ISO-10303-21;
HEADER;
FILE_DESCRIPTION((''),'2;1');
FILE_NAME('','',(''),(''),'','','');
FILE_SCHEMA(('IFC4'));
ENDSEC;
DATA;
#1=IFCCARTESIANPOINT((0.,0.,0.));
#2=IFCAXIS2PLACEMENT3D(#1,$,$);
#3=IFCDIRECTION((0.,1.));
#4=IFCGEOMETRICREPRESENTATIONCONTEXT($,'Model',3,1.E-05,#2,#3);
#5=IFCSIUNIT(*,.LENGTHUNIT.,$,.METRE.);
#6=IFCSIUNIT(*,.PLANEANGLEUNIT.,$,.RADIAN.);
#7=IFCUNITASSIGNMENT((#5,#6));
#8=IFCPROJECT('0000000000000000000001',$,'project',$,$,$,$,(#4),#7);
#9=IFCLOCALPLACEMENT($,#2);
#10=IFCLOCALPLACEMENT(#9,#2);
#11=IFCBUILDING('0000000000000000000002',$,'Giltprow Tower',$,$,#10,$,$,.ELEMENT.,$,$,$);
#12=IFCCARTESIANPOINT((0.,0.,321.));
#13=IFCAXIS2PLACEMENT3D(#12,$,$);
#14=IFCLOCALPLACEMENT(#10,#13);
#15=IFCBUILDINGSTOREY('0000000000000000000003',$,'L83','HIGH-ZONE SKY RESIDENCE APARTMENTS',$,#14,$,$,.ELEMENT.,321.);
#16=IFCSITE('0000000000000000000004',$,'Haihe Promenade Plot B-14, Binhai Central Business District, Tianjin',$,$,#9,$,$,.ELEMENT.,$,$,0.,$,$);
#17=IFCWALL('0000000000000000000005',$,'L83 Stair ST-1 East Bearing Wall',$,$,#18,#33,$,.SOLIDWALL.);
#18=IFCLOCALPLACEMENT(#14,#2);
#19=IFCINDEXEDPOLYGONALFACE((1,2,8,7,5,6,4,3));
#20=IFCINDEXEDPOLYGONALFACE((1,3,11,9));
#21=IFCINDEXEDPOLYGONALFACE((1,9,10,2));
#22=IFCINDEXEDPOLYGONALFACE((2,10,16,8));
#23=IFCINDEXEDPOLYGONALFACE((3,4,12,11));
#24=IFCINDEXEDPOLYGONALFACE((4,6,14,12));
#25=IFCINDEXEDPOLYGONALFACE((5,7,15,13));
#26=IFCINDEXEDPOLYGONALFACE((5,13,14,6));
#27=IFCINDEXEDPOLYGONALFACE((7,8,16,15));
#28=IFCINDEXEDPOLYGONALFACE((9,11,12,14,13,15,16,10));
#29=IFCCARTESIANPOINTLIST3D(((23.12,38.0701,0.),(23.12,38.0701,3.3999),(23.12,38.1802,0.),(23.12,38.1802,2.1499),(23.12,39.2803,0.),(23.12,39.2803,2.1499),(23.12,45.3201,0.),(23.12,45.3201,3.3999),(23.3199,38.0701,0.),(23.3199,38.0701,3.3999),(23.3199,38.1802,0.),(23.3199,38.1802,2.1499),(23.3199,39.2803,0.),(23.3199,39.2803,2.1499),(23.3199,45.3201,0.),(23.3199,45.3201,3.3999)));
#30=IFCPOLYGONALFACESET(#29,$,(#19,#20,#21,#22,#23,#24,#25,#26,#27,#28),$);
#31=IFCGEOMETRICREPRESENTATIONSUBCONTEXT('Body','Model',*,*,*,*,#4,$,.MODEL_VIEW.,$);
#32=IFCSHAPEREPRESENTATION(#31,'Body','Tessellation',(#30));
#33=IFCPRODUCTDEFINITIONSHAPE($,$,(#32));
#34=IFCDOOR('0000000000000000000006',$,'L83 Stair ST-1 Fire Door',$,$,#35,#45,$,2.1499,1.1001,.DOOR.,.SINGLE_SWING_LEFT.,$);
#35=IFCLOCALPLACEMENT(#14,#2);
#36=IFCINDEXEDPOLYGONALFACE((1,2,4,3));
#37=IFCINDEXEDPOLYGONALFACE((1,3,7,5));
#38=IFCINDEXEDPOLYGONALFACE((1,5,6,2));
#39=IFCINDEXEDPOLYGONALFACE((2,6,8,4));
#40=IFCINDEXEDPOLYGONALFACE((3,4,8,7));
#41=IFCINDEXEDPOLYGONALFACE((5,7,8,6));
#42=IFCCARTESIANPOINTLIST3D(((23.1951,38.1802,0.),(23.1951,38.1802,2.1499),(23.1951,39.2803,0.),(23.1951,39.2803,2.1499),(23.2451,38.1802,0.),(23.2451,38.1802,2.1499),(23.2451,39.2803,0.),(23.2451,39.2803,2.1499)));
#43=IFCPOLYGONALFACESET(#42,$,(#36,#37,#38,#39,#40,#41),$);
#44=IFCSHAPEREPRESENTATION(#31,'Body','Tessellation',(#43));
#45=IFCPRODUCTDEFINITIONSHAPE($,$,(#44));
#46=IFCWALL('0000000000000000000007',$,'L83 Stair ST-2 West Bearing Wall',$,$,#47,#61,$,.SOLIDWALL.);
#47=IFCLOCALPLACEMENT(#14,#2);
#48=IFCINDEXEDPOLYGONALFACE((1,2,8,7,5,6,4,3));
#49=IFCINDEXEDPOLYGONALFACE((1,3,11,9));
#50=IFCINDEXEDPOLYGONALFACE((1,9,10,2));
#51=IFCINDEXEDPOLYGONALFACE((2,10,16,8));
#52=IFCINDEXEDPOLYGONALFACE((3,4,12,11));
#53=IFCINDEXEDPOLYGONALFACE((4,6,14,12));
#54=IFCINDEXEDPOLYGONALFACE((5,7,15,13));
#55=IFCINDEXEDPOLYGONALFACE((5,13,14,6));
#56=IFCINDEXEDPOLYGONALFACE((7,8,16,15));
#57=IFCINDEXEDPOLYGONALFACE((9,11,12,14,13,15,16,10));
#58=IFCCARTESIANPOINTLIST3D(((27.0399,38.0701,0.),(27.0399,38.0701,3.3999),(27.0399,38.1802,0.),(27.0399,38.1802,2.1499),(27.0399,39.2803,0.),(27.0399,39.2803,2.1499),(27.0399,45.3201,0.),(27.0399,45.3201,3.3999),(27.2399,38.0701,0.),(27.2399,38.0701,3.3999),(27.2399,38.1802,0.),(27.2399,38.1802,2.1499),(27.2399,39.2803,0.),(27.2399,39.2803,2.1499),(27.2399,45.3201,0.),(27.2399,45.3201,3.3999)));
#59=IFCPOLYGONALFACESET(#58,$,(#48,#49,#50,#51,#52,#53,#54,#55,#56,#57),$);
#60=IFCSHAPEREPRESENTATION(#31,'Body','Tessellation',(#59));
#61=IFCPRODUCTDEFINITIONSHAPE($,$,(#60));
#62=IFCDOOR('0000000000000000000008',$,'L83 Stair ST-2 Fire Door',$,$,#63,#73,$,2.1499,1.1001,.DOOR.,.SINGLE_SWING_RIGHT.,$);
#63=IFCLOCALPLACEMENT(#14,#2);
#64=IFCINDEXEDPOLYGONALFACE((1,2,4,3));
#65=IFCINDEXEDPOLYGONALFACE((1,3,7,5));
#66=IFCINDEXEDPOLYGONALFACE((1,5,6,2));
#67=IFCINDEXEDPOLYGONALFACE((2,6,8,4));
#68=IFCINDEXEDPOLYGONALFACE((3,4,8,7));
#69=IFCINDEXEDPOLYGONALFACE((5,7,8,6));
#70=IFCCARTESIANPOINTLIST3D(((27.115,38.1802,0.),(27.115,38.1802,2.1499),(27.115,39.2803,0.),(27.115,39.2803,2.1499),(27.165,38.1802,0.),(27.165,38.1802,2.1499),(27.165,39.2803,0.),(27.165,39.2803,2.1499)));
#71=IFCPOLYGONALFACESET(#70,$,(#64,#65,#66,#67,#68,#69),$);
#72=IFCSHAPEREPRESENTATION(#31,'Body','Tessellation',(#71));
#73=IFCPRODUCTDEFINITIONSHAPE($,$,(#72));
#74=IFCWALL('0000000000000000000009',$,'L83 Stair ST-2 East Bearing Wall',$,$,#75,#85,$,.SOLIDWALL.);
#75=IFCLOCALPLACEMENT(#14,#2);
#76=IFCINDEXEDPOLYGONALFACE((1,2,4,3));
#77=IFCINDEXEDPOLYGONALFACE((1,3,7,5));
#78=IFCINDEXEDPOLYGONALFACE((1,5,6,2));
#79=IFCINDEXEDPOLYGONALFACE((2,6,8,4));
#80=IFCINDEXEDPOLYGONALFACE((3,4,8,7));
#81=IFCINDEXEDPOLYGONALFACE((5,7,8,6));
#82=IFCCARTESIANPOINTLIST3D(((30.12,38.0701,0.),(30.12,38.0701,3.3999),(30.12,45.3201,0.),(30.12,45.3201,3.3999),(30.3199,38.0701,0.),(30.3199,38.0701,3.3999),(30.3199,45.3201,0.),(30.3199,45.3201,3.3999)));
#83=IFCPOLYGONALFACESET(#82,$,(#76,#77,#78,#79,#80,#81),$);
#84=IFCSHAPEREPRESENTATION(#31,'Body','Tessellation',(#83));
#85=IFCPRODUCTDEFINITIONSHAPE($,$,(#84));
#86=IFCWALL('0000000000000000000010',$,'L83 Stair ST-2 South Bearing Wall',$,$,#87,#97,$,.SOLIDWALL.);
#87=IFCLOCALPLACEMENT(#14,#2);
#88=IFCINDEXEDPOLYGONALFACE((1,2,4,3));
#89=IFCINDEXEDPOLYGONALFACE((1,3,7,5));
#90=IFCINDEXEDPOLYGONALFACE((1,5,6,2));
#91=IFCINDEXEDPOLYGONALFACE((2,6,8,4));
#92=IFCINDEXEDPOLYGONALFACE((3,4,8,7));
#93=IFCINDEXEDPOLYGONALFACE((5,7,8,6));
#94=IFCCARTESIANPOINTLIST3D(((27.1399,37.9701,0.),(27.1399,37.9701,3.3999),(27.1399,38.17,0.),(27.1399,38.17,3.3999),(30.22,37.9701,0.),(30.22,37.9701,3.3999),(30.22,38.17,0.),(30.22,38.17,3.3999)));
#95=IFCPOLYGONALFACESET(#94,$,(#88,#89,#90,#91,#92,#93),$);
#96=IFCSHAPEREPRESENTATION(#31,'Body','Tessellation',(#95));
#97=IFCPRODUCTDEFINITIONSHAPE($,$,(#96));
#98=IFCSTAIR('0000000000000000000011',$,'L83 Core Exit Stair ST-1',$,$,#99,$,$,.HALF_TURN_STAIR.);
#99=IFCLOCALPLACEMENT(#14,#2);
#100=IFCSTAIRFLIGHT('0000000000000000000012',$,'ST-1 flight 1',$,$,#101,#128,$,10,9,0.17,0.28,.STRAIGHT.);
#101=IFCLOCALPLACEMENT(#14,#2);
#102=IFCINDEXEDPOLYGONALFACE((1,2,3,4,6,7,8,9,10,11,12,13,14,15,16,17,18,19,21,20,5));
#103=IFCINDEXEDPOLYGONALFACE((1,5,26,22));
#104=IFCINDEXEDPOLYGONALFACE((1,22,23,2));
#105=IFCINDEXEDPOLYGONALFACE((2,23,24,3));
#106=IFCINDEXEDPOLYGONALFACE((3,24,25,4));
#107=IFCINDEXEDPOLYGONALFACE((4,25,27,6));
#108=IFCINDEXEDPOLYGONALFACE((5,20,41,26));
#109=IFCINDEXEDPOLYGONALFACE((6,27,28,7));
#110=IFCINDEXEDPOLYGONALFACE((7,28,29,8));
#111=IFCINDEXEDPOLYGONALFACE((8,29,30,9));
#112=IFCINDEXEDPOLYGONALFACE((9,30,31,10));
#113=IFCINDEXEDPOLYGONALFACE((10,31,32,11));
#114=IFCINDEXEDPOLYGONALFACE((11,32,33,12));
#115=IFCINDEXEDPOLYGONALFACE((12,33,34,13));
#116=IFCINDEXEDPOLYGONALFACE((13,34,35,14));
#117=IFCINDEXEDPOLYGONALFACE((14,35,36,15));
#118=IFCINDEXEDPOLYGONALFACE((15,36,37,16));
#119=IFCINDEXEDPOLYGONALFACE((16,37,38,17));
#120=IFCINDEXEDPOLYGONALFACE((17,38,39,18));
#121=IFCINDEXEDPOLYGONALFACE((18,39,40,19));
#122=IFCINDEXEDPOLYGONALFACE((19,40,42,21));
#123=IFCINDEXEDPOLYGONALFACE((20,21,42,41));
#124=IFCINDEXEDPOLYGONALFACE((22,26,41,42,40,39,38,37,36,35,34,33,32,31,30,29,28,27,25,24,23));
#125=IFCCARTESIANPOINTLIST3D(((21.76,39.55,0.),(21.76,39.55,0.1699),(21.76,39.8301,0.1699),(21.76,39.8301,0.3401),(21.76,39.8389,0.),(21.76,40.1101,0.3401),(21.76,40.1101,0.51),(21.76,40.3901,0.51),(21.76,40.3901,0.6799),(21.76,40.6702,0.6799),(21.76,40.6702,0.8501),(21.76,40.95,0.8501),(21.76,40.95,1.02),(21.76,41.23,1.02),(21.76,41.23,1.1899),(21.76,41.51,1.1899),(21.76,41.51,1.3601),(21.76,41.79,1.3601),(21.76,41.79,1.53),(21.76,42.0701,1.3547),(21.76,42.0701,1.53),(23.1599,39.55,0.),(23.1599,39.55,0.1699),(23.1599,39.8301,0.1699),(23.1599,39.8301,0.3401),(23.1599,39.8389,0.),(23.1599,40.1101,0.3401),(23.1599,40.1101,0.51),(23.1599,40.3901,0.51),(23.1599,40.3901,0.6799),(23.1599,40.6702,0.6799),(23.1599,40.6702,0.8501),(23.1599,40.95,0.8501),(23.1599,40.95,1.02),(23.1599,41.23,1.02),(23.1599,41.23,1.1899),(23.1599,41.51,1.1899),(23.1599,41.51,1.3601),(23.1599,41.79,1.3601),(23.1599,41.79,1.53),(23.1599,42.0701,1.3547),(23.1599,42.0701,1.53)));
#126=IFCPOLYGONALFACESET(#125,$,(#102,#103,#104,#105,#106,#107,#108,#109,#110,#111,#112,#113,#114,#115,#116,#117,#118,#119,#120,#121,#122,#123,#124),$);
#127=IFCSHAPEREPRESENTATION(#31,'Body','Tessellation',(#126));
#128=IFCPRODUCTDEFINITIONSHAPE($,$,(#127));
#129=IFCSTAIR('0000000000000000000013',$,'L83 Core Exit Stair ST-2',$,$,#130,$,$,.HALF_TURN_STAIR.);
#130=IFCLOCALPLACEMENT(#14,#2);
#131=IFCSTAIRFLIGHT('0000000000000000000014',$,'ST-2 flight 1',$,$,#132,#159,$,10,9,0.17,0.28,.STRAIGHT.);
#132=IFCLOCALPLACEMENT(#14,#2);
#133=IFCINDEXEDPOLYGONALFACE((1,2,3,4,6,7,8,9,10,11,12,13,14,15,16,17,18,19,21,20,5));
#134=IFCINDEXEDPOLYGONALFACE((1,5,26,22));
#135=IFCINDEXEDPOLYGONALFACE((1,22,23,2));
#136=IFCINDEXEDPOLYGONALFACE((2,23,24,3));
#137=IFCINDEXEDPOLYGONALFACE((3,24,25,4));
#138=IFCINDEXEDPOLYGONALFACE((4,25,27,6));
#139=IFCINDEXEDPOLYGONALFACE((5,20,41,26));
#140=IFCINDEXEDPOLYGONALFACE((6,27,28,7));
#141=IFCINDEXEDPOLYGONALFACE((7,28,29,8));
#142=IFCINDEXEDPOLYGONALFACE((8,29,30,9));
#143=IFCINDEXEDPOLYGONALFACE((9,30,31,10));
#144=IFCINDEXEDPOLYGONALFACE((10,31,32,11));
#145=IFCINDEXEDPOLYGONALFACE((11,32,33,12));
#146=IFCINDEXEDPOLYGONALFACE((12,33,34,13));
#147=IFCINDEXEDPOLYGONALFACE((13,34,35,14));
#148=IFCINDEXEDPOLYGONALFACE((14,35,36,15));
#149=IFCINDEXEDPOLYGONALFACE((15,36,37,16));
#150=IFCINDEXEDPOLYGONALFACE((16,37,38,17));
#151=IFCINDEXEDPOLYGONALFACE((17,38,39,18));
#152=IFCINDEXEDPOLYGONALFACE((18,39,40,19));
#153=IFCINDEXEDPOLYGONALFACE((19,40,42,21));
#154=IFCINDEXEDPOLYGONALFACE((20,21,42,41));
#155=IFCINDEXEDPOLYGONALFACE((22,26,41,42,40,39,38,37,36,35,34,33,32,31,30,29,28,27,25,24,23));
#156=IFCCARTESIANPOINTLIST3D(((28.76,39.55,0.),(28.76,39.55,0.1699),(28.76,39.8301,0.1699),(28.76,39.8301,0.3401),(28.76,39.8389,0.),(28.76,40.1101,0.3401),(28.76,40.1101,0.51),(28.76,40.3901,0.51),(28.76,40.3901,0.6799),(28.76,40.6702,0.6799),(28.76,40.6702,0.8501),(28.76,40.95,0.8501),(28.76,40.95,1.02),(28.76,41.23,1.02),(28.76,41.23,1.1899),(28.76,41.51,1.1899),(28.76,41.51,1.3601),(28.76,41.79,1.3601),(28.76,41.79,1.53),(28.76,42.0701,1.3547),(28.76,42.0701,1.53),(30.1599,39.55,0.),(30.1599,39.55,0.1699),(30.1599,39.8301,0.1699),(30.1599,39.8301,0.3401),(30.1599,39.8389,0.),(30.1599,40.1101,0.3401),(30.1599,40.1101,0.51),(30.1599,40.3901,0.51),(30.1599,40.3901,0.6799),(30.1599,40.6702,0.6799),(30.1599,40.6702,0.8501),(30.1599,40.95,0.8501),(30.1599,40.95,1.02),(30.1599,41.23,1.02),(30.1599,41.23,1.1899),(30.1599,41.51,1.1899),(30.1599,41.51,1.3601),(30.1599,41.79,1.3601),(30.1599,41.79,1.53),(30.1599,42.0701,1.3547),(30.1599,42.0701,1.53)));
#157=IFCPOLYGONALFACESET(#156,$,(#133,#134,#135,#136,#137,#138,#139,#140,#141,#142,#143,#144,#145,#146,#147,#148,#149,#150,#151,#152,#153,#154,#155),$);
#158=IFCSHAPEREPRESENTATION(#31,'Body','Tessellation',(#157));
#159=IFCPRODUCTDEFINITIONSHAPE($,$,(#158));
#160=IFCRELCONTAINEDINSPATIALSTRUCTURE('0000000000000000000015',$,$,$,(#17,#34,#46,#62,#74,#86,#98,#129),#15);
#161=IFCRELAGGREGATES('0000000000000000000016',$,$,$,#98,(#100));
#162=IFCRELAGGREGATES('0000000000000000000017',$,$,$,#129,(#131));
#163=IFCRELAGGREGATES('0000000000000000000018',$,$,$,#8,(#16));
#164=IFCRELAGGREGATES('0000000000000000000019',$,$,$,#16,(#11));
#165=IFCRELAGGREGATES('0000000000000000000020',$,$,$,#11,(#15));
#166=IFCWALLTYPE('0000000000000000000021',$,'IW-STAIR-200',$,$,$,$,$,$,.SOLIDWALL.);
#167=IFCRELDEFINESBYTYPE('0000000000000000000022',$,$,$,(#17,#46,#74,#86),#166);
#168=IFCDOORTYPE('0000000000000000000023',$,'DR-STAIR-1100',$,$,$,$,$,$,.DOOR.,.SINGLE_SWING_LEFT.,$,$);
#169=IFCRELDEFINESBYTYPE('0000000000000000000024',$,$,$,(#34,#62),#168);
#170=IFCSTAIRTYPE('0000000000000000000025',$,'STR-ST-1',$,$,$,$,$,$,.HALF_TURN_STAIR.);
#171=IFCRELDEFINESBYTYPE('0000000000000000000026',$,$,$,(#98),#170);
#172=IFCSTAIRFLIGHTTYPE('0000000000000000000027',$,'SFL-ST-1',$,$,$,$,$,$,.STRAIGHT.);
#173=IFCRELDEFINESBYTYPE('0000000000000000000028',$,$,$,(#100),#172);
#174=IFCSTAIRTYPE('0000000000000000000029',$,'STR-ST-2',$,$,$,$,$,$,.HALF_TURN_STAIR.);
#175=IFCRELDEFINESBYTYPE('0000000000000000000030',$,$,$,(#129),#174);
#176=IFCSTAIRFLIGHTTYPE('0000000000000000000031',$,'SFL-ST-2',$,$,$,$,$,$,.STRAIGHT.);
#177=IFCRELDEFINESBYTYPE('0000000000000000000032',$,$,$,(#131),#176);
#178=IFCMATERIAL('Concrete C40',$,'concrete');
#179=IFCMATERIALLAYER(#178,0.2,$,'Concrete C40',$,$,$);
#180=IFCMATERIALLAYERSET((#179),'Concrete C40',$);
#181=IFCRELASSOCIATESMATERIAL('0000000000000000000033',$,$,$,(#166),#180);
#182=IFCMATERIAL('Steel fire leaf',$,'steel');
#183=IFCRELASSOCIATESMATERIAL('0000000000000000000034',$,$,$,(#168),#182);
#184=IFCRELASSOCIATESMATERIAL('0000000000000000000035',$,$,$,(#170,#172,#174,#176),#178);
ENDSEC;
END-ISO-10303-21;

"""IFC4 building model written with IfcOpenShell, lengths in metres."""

from ifc_helpers import new_model, si_unit, direction, frame, frame_2d, origin, place, context, subcontext, project, spatial, polyline, rectangle, outline, extrude, source, transform, mapped, material, layer, layer_set, type_object, element, fill, aggregate, save


model = new_model("IFC4")

# Units and contexts
model_context = context("Model", 3, precision=1e-05, world=origin(), true_north=direction((0.0, 1.0)))
body_context = subcontext(model_context, "Body", "Model", "MODEL_VIEW")
ifc_project = project(units=[si_unit("LENGTHUNIT", "METRE"), si_unit("PLANEANGLEUNIT", "RADIAN")], contexts=[model_context])

# Site, building, storey
site_placement = place(None, origin())
site = spatial("IfcSite", under=ifc_project, at=site_placement, Name="Haihe Promenade Plot B-14, Binhai Central Business District, Tianjin", CompositionType="ELEMENT", RefElevation=0.0)
building_placement = place(site_placement, origin())
building = spatial("IfcBuilding", under=site, at=building_placement, Name="Giltprow Tower", CompositionType="ELEMENT")
storey_placement = place(building_placement, frame((0.0, 0.0, 321.0)))
storey = spatial("IfcBuildingStorey", under=building, at=storey_placement, Name="L83", Description="HIGH-ZONE SKY RESIDENCE APARTMENTS", CompositionType="ELEMENT", Elevation=321.0)

# Walls, openings, doors
ifc_material_1 = material(Name="Concrete C40", Category="concrete")
ifc_layer_1 = layer(ifc_material_1, 0.2, Name="Concrete C40")
ifc_layer_set_1 = layer_set([ifc_layer_1], Name="Concrete C40")
wall_type_1 = type_object("IfcWallType", Name="IW-STAIR-200", PredefinedType="SOLIDWALL", material=ifc_layer_set_1)
wall_1_placement = place(storey_placement, frame((23.22, 38.0701, 0.0), z_axis=(0.0, 0.0, 1.0), x_axis=(0.0, 1.0, 0.0)))
wall_1 = element("IfcWall", 1, at=wall_1_placement, inside=storey, type_object=wall_type_1, Name="L83 Stair ST-1 East Bearing Wall", PredefinedType="SOLIDWALL", context=body_context, shape_type="SweptSolid", body=[
    extrude(rectangle(XDim=7.25, YDim=0.2, at=frame_2d((3.625, 0.0))), origin(), (0.0, 0.0, 1.0), 3.3999),
])
opening_1_placement = place(wall_1_placement, frame((0.1101, 0.0, 0.0)))
opening_1 = element("IfcOpeningElement", 2, at=opening_1_placement, cuts=wall_1, PredefinedType="OPENING", context=body_context, shape_type="SweptSolid", body=[
    extrude(rectangle(XDim=1.1001, YDim=2.1499, at=frame_2d((0.55, 1.075))), frame((0.0, 0.1099, 0.0), z_axis=(0.0, -1.0, 0.0), x_axis=(1.0, 0.0, 0.0)), (0.0, 0.0, 1.0), 0.22),
])
ifc_material_2 = material(Name="Steel fire leaf", Category="steel")
door_type_1 = type_object("IfcDoorType", Name="DR-STAIR-1100", OperationType="SINGLE_SWING_LEFT", PredefinedType="DOOR", material=ifc_material_2)
shared_shape_1 = source(origin(), body_context, "Body", "SweptSolid", [
    extrude(rectangle(XDim=1.1001, YDim=2.1499, at=frame_2d((0.55, 1.075))), frame((0.0, 0.0249, 0.0), z_axis=(0.0, -1.0, 0.0), x_axis=(1.0, 0.0, 0.0)), (0.0, 0.0, 1.0), 0.05),
])
door_1_placement = place(opening_1_placement, origin())
door_1 = element("IfcDoor", 3, at=door_1_placement, inside=storey, type_object=door_type_1, Name="L83 Stair ST-1 Fire Door", OperationType="SINGLE_SWING_LEFT", OverallHeight=2.1499, OverallWidth=1.1001, PredefinedType="DOOR", context=body_context, shape_type="MappedRepresentation", body=[
    mapped(shared_shape_1, transform((0.0, 0.0, 0.0), x_axis=(1.0, 0.0, 0.0), y_axis=(0.0, 1.0, 0.0), z_axis=(0.0, 0.0, 1.0), scale=1.0)),
])
fill(opening_1, door_1)
wall_2_placement = place(storey_placement, frame((27.1399, 38.0701, 0.0), z_axis=(0.0, 0.0, 1.0), x_axis=(0.0, 1.0, 0.0)))
wall_2 = element("IfcWall", 4, at=wall_2_placement, inside=storey, type_object=wall_type_1, Name="L83 Stair ST-2 West Bearing Wall", PredefinedType="SOLIDWALL", context=body_context, shape_type="SweptSolid", body=[
    extrude(rectangle(XDim=7.25, YDim=0.2, at=frame_2d((3.625, 0.0))), origin(), (0.0, 0.0, 1.0), 3.3999),
])
opening_2_placement = place(wall_2_placement, frame((0.1101, 0.0, 0.0)))
opening_2 = element("IfcOpeningElement", 5, at=opening_2_placement, cuts=wall_2, PredefinedType="OPENING", context=body_context, shape_type="SweptSolid", body=[
    extrude(rectangle(XDim=1.1001, YDim=2.1499, at=frame_2d((0.55, 1.075))), frame((0.0, 0.1099, 0.0), z_axis=(0.0, -1.0, 0.0), x_axis=(1.0, 0.0, 0.0)), (0.0, 0.0, 1.0), 0.22),
])
door_2_placement = place(opening_2_placement, origin())
door_2 = element("IfcDoor", 6, at=door_2_placement, inside=storey, type_object=door_type_1, Name="L83 Stair ST-2 Fire Door", OperationType="SINGLE_SWING_RIGHT", OverallHeight=2.1499, OverallWidth=1.1001, PredefinedType="DOOR", context=body_context, shape_type="MappedRepresentation", body=[
    mapped(shared_shape_1, transform((0.0, 0.0, 0.0), x_axis=(1.0, 0.0, 0.0), y_axis=(0.0, 1.0, 0.0), z_axis=(0.0, 0.0, 1.0), scale=1.0)),
])
fill(opening_2, door_2)

# Walls
wall_3_placement = place(storey_placement, frame((30.22, 38.0701, 0.0), z_axis=(0.0, 0.0, 1.0), x_axis=(0.0, 1.0, 0.0)))
element("IfcWall", 7, at=wall_3_placement, inside=storey, type_object=wall_type_1, Name="L83 Stair ST-2 East Bearing Wall", PredefinedType="SOLIDWALL", context=body_context, shape_type="SweptSolid", body=[
    extrude(rectangle(XDim=7.25, YDim=0.2, at=frame_2d((3.625, 0.0))), origin(), (0.0, 0.0, 1.0), 3.3999),
])
wall_4_placement = place(storey_placement, frame((27.1399, 38.0701, 0.0), z_axis=(0.0, 0.0, 1.0), x_axis=(1.0, 0.0, 0.0)))
element("IfcWall", 8, at=wall_4_placement, inside=storey, type_object=wall_type_1, Name="L83 Stair ST-2 South Bearing Wall", PredefinedType="SOLIDWALL", context=body_context, shape_type="SweptSolid", body=[
    extrude(rectangle(XDim=3.0801, YDim=0.2, at=frame_2d((1.54, 0.0))), origin(), (0.0, 0.0, 1.0), 3.3999),
])

# Stairs, stair flights
stair_type_1 = type_object("IfcStairType", Name="STR-ST-1", PredefinedType="HALF_TURN_STAIR", material=ifc_material_1)
stair_1_placement = place(storey_placement, origin())
stair_1 = element("IfcStair", 9, at=stair_1_placement, inside=storey, type_object=stair_type_1, Name="L83 Core Exit Stair ST-1", PredefinedType="HALF_TURN_STAIR")
stair_flight_type_1 = type_object("IfcStairFlightType", Name="SFL-ST-1", PredefinedType="STRAIGHT", material=ifc_material_1)
stair_flight_1_placement = place(storey_placement, frame((22.46, 39.55, 0.0), z_axis=(0.0, 0.0, 1.0), x_axis=(0.0, 1.0, 0.0)))
stair_flight_1 = element("IfcStairFlight", 10, at=stair_flight_1_placement, type_object=stair_flight_type_1, Name="ST-1 flight 1", NumberOfRisers=10, NumberOfTreads=9, PredefinedType="STRAIGHT", RiserHeight=0.17, TreadLength=0.28, context=body_context, shape_type="SweptSolid", body=[
    extrude(outline(polyline([(0.0, 0.0), (0.0, 0.1699), (0.28, 0.1699), (0.28, 0.3401), (0.5601, 0.3401), (0.5601, 0.51), (0.8401, 0.51), (0.8401, 0.6799), (1.1201, 0.6799), (1.1201, 0.8501), (1.3999, 0.8501), (1.3999, 1.02), (1.6799, 1.02), (1.6799, 1.1899), (1.96, 1.1899), (1.96, 1.3601), (2.24, 1.3601), (2.24, 1.53), (2.52, 1.53), (2.52, 1.7), (2.52, 1.3547), (0.2888, 0.0), (0.0, 0.0)])), frame((0.0, 0.7, 0.0), z_axis=(0.0, -1.0, 0.0), x_axis=(1.0, 0.0, 0.0)), (0.0, 0.0, 1.0), 1.3999),
])
aggregate(stair_1, [stair_flight_1])
stair_type_2 = type_object("IfcStairType", Name="STR-ST-2", PredefinedType="HALF_TURN_STAIR", material=ifc_material_1)
stair_2_placement = place(storey_placement, origin())
stair_2 = element("IfcStair", 11, at=stair_2_placement, inside=storey, type_object=stair_type_2, Name="L83 Core Exit Stair ST-2", PredefinedType="HALF_TURN_STAIR")
stair_flight_type_2 = type_object("IfcStairFlightType", Name="SFL-ST-2", PredefinedType="STRAIGHT", material=ifc_material_1)
stair_flight_2_placement = place(storey_placement, frame((29.46, 39.55, 0.0), z_axis=(0.0, 0.0, 1.0), x_axis=(0.0, 1.0, 0.0)))
stair_flight_2 = element("IfcStairFlight", 12, at=stair_flight_2_placement, type_object=stair_flight_type_2, Name="ST-2 flight 1", NumberOfRisers=10, NumberOfTreads=9, PredefinedType="STRAIGHT", RiserHeight=0.17, TreadLength=0.28, context=body_context, shape_type="SweptSolid", body=[
    extrude(outline(polyline([(0.0, 0.0), (0.0, 0.1699), (0.28, 0.1699), (0.28, 0.3401), (0.5601, 0.3401), (0.5601, 0.51), (0.8401, 0.51), (0.8401, 0.6799), (1.1201, 0.6799), (1.1201, 0.8501), (1.3999, 0.8501), (1.3999, 1.02), (1.6799, 1.02), (1.6799, 1.1899), (1.96, 1.1899), (1.96, 1.3601), (2.24, 1.3601), (2.24, 1.53), (2.52, 1.53), (2.52, 1.7), (2.52, 1.3547), (0.2888, 0.0), (0.0, 0.0)])), frame((0.0, 0.7, 0.0), z_axis=(0.0, -1.0, 0.0), x_axis=(1.0, 0.0, 0.0)), (0.0, 0.0, 1.0), 1.3999),
])
aggregate(stair_2, [stair_flight_2])

save(model, "model.ifc")
